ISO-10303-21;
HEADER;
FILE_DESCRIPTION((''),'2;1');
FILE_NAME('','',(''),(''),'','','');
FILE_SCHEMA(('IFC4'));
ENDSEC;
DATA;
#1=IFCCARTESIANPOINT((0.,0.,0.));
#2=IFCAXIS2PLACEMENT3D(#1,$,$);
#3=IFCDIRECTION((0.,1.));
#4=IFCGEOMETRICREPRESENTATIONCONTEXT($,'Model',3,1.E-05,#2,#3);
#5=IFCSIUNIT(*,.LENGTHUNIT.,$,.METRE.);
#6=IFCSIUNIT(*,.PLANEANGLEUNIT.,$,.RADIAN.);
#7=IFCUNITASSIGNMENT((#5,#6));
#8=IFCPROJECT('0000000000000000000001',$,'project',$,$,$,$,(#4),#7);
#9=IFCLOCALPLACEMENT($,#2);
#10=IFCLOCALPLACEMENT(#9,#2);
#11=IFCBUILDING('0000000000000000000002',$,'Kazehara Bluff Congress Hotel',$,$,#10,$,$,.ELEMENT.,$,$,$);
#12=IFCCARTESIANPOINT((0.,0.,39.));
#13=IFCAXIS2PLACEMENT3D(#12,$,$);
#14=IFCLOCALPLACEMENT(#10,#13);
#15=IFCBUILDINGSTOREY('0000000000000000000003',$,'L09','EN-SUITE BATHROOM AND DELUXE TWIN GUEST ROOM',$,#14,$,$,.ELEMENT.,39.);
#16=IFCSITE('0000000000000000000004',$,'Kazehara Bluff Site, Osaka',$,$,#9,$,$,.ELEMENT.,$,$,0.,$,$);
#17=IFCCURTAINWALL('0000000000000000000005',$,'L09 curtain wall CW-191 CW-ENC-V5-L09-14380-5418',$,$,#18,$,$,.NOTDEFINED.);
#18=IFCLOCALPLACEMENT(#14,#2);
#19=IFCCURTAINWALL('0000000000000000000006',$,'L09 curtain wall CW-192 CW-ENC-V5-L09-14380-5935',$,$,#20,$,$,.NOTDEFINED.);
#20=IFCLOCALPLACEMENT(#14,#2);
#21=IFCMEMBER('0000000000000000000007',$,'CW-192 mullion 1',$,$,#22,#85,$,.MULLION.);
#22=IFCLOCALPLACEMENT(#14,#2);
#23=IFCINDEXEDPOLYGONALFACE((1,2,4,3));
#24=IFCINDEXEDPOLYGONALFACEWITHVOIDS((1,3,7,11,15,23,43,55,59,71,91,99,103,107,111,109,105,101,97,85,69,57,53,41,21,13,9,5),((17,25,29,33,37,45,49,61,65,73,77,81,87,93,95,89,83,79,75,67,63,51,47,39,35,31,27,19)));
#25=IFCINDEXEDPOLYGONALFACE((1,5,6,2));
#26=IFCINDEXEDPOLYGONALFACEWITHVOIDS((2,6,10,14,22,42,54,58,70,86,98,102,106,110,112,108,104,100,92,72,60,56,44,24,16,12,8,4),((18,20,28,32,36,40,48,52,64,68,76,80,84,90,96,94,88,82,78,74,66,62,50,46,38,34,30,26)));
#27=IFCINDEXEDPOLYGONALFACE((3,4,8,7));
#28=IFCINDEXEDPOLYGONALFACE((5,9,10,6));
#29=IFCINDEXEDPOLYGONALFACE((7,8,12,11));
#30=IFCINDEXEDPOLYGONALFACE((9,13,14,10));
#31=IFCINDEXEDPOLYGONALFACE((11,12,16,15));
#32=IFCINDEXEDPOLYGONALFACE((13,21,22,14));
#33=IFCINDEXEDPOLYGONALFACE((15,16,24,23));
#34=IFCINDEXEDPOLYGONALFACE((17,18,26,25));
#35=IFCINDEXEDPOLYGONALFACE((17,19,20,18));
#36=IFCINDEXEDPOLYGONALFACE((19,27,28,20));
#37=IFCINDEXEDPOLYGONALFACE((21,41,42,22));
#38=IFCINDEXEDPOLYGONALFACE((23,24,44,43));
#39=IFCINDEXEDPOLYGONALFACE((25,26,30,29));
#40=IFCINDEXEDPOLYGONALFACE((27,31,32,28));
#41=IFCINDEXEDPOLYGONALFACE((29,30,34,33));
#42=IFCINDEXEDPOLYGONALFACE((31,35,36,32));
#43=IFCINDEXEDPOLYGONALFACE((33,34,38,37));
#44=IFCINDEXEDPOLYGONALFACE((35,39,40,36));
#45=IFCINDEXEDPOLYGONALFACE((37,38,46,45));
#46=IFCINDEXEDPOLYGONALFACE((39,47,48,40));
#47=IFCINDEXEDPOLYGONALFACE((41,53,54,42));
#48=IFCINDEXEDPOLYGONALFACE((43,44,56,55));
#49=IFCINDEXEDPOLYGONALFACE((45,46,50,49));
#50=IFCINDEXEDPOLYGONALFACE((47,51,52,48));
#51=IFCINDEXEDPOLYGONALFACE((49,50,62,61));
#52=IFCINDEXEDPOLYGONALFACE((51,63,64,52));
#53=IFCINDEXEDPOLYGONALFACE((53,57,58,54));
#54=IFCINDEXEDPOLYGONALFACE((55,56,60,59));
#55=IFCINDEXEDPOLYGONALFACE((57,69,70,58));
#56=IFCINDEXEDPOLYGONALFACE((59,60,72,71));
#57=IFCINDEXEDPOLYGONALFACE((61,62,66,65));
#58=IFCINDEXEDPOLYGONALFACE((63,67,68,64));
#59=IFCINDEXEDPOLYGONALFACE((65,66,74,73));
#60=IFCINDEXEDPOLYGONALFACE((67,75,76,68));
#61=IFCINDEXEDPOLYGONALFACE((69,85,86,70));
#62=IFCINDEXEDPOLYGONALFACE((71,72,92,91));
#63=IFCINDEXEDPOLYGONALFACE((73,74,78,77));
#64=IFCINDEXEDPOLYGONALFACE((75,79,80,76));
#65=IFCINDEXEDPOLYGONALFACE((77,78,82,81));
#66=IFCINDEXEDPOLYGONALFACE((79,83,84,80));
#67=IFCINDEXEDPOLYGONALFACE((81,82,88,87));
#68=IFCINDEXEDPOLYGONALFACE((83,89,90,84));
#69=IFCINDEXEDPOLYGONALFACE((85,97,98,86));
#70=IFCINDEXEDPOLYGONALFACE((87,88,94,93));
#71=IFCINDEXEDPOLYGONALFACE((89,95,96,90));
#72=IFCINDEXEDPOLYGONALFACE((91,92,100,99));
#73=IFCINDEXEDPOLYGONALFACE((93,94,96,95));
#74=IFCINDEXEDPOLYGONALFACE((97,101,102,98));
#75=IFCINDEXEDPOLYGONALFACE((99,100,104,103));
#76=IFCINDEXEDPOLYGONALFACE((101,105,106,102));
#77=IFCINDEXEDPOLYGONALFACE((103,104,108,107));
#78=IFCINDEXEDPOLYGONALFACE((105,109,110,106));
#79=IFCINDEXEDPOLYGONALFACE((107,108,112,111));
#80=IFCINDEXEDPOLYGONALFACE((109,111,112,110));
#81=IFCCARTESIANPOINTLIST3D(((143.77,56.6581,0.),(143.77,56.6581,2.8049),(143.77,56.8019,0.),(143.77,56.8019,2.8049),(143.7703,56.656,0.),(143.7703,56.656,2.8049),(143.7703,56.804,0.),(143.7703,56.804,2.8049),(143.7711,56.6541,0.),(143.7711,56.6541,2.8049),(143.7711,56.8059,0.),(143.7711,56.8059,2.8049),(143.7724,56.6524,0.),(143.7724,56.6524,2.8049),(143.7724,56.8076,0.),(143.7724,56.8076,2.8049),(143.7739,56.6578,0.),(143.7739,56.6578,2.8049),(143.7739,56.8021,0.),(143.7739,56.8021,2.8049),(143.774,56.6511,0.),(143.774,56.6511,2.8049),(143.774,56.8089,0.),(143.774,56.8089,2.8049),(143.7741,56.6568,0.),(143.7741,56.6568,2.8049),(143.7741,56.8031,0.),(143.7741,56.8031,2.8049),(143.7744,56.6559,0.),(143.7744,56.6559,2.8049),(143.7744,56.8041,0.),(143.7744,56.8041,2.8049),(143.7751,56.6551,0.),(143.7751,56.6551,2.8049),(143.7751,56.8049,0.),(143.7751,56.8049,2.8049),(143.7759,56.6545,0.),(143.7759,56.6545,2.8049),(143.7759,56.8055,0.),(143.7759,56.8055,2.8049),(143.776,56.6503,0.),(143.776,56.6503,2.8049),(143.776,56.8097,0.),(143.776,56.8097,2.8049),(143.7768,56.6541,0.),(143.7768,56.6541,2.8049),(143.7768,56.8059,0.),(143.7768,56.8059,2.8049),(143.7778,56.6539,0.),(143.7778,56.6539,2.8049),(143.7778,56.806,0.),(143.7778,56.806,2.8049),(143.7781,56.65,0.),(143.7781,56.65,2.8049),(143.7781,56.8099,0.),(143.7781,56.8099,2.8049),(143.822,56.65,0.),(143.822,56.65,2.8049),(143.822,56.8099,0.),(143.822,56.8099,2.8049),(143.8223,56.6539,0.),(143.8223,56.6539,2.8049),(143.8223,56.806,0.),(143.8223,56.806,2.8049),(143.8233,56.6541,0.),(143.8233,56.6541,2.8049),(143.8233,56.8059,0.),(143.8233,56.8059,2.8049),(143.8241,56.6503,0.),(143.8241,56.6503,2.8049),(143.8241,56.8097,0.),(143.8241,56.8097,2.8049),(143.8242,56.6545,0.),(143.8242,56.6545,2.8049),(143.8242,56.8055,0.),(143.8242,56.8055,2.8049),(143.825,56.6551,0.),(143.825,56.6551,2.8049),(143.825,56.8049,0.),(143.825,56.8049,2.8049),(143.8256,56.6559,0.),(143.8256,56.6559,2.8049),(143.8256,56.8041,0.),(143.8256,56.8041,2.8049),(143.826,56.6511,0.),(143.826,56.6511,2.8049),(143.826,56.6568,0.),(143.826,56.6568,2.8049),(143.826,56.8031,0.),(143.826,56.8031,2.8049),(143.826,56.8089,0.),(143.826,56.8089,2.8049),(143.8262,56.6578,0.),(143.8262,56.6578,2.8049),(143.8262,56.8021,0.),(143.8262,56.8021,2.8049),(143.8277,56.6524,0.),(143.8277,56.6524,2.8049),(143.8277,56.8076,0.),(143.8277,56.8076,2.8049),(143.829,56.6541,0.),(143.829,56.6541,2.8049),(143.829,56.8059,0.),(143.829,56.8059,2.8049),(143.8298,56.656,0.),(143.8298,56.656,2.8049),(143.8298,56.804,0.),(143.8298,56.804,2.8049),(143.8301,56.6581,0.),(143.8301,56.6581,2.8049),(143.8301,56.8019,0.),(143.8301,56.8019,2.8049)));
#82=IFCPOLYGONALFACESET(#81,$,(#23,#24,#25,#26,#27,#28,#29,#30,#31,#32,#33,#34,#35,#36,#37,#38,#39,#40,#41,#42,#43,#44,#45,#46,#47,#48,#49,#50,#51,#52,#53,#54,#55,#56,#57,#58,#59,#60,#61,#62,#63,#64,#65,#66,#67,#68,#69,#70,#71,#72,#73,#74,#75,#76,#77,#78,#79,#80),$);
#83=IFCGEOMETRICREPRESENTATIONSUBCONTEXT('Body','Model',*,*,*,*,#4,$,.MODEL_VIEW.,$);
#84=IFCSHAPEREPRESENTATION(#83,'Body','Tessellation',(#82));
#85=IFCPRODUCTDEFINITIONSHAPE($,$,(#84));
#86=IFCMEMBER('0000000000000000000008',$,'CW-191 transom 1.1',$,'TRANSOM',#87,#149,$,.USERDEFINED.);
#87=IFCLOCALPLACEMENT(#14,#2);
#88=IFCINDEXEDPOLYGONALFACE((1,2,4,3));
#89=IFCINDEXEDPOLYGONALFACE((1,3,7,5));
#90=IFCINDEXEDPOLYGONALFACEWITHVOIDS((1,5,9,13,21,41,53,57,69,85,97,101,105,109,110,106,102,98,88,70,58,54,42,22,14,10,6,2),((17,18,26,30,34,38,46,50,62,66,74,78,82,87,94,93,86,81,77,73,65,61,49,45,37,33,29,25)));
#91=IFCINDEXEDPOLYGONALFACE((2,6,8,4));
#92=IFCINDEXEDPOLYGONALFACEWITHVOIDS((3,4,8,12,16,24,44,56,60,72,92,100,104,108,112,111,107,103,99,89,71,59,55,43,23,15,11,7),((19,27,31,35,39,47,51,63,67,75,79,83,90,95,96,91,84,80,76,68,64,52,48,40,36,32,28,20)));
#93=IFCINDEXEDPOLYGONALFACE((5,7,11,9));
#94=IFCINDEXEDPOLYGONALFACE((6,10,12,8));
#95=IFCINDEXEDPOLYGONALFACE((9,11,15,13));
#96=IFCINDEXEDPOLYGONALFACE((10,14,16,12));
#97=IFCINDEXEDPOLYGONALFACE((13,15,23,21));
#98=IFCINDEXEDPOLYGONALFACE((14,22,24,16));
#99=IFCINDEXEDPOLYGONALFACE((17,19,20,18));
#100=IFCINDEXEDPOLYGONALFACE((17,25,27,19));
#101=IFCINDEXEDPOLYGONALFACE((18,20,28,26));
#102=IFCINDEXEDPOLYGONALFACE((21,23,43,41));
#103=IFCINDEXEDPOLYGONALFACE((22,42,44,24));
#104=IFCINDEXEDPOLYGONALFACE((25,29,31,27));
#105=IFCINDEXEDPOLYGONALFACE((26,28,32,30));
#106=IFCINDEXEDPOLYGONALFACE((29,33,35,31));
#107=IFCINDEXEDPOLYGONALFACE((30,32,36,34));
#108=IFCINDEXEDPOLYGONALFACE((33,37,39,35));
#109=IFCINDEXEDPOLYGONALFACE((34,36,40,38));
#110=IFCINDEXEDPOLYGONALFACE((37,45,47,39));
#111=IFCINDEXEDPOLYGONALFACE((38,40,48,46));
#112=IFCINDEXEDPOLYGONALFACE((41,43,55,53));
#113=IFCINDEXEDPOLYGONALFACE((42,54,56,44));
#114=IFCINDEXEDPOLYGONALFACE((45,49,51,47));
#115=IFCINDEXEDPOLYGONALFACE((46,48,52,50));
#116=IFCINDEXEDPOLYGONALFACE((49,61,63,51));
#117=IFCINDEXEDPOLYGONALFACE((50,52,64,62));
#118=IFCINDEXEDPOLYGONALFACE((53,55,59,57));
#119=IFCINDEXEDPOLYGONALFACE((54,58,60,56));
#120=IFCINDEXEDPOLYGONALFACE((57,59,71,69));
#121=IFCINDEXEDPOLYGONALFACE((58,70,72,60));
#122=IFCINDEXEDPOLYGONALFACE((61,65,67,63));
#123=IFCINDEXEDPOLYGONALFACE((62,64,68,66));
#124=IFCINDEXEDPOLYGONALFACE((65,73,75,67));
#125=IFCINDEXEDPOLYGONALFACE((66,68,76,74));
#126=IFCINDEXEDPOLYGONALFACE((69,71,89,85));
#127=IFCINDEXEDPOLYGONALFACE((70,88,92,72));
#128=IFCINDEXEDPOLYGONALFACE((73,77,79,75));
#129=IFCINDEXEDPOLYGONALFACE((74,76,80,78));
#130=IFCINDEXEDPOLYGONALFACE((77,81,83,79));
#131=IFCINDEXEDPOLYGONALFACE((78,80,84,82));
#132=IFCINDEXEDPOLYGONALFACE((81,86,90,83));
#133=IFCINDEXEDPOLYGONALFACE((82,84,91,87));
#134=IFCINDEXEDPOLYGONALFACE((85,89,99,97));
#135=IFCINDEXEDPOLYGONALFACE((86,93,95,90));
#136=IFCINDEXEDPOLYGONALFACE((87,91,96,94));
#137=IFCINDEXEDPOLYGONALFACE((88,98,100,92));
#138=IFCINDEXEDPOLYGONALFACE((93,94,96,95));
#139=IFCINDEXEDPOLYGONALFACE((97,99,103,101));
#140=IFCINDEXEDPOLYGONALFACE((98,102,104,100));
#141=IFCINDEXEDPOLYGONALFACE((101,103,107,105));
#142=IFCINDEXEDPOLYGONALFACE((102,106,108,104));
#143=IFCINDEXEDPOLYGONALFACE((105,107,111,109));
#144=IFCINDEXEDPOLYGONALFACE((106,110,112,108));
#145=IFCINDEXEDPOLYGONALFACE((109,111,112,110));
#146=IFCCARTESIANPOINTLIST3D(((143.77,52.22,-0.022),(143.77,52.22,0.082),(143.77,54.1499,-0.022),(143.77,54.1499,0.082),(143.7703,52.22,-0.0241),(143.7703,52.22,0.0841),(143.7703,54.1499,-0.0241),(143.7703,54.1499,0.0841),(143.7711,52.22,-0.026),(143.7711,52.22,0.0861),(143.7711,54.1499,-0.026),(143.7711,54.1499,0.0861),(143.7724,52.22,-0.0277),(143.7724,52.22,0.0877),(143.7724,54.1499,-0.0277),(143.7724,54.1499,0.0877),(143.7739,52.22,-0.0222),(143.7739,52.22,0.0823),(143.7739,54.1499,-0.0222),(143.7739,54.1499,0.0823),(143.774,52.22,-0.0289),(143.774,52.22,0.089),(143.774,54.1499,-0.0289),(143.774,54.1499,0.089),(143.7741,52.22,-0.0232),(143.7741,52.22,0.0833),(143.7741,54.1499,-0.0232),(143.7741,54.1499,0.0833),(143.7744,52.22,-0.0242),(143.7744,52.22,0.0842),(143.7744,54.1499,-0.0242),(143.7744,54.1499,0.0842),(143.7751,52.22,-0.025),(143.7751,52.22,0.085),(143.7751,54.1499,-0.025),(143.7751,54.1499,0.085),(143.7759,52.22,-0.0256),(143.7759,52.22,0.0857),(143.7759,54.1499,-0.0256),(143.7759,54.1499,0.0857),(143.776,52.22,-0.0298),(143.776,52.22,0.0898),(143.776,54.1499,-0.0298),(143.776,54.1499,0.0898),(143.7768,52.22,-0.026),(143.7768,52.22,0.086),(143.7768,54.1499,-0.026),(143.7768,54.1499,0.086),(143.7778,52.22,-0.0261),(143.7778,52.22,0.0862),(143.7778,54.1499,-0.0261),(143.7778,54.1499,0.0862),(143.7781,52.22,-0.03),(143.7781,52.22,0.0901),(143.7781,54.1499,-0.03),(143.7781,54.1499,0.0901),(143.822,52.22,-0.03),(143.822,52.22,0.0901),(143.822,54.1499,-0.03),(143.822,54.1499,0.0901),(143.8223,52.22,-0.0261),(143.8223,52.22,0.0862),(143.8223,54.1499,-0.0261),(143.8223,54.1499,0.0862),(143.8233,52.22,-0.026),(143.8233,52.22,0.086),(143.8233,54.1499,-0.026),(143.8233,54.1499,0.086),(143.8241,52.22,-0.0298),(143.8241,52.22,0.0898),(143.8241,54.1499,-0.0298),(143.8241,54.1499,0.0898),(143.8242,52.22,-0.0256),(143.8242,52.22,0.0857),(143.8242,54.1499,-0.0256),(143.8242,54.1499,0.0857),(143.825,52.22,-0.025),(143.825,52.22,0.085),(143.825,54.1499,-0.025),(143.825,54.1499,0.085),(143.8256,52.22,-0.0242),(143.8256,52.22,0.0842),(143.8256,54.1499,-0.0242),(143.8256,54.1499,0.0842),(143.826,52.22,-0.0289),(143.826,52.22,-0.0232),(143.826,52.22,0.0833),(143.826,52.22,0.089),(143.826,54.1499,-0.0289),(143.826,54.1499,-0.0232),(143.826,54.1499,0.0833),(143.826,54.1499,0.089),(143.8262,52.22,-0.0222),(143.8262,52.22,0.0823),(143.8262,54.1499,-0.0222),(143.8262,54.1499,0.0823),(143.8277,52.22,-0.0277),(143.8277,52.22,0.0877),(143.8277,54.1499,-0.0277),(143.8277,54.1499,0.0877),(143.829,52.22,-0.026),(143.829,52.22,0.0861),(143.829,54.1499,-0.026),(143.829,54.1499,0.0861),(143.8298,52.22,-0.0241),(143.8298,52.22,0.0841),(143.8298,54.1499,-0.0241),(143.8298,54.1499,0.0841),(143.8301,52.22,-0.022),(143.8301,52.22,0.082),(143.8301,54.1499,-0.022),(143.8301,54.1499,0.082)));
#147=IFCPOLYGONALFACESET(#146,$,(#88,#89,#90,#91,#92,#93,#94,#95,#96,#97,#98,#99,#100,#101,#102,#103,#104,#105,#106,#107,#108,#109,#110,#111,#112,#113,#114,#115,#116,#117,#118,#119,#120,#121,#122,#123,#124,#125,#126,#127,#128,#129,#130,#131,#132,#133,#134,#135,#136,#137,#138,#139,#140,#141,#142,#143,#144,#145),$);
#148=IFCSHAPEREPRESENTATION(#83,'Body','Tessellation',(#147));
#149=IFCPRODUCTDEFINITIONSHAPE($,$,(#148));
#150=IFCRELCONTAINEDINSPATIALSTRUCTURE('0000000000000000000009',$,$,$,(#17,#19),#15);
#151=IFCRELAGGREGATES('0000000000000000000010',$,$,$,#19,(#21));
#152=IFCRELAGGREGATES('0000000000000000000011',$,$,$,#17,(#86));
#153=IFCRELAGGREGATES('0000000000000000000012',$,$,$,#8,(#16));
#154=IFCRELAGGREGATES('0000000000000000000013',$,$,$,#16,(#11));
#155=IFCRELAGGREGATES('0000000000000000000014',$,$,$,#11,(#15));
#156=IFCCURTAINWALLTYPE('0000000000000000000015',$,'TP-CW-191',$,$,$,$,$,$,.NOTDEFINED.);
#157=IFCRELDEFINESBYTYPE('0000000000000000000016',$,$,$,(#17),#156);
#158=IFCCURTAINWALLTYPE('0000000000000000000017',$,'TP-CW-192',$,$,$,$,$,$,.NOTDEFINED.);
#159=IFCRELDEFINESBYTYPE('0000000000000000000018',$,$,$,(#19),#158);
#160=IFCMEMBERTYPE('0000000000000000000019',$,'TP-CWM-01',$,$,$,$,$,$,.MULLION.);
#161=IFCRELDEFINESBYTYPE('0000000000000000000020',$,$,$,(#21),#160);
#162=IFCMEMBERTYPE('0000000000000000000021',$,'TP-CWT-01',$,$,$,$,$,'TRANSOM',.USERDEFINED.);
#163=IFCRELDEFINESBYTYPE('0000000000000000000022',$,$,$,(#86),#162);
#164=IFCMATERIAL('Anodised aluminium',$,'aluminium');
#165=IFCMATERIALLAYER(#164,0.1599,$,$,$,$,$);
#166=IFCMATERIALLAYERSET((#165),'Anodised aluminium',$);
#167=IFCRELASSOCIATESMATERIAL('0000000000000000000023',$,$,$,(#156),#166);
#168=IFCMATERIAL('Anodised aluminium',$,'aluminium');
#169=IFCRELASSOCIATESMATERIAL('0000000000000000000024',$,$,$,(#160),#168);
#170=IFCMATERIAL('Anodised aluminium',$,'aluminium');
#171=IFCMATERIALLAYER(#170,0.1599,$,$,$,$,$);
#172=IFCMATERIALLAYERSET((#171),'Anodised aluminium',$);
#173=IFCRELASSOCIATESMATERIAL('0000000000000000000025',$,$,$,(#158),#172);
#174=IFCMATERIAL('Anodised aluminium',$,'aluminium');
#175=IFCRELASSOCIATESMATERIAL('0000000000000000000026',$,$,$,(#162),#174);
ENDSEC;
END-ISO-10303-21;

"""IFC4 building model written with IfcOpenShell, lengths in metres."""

from ifc_helpers import new_model, si_unit, direction, frame, origin, origin_2d, place, context, subcontext, project, spatial, hollow_rectangle, extrude, material, layer, layer_set, material_profile, profile_set, type_object, element, aggregate, save


model = new_model("IFC4")

# Units and contexts
model_context = context("Model", 3, precision=1e-05, world=origin(), true_north=direction((0.0, 1.0)))
body_context = subcontext(model_context, "Body", "Model", "MODEL_VIEW")
ifc_project = project(units=[si_unit("LENGTHUNIT", "METRE"), si_unit("PLANEANGLEUNIT", "RADIAN")], contexts=[model_context])

# Site, building, storey
site_placement = place(None, origin())
site = spatial("IfcSite", under=ifc_project, at=site_placement, Name="Kazehara Bluff Site, Osaka", CompositionType="ELEMENT", RefElevation=0.0)
building_placement = place(site_placement, origin())
building = spatial("IfcBuilding", under=site, at=building_placement, Name="Kazehara Bluff Congress Hotel", CompositionType="ELEMENT")
storey_placement = place(building_placement, frame((0.0, 0.0, 39.0)))
storey = spatial("IfcBuildingStorey", under=building, at=storey_placement, Name="L09", Description="EN-SUITE BATHROOM AND DELUXE TWIN GUEST ROOM", CompositionType="ELEMENT", Elevation=39.0)

# Curtain wall
ifc_material_1 = material(Name="Anodised aluminium", Category="aluminium")
ifc_layer_1 = layer(ifc_material_1, 0.1599)
ifc_layer_set_1 = layer_set([ifc_layer_1], Name="Anodised aluminium")
curtain_wall_type_1 = type_object("IfcCurtainWallType", Name="TP-CW-191", PredefinedType="NOTDEFINED", material=ifc_layer_set_1)
curtain_wall_1_placement = place(storey_placement, origin())
curtain_wall_1 = element("IfcCurtainWall", 1, at=curtain_wall_1_placement, inside=storey, type_object=curtain_wall_type_1, Name="L09 curtain wall CW-191 CW-ENC-V5-L09-14380-5418", PredefinedType="NOTDEFINED")
ifc_material_2 = material(Name="Anodised aluminium", Category="aluminium")
ifc_material_profile_1 = material_profile(ifc_material_2, hollow_rectangle(XDim=0.0601, YDim=0.1599, WallThickness=0.0039, InnerFilletRadius=0.0039, OuterFilletRadius=0.0081, at=origin_2d()))
ifc_profile_set_1 = profile_set([ifc_material_profile_1], Name="Anodised aluminium")
member_type_1 = type_object("IfcMemberType", Name="TP-CWM-01", PredefinedType="MULLION", material=ifc_profile_set_1)

# Curtain wall, member
ifc_material_3 = material(Name="Anodised aluminium", Category="aluminium")
ifc_layer_2 = layer(ifc_material_3, 0.1599)
ifc_layer_set_2 = layer_set([ifc_layer_2], Name="Anodised aluminium")
curtain_wall_type_2 = type_object("IfcCurtainWallType", Name="TP-CW-192", PredefinedType="NOTDEFINED", material=ifc_layer_set_2)
curtain_wall_2_placement = place(storey_placement, origin())
curtain_wall_2 = element("IfcCurtainWall", 2, at=curtain_wall_2_placement, inside=storey, type_object=curtain_wall_type_2, Name="L09 curtain wall CW-192 CW-ENC-V5-L09-14380-5935", PredefinedType="NOTDEFINED")
member_1_placement = place(storey_placement, frame((143.8, 56.73, 0.0), z_axis=(0.0, 0.0, 1.0), x_axis=(-1.0, 0.0, 0.0)))
member_1 = element("IfcMember", 3, at=member_1_placement, type_object=member_type_1, Name="CW-192 mullion 1", PredefinedType="MULLION", context=body_context, shape_type="SweptSolid", body=[
    extrude(hollow_rectangle(XDim=0.0601, YDim=0.1599, WallThickness=0.0039, InnerFilletRadius=0.0039, OuterFilletRadius=0.0081, at=origin_2d()), origin(), (0.0, 0.0, 1.0), 2.8049),
])

# Member
ifc_material_4 = material(Name="Anodised aluminium", Category="aluminium")
ifc_material_profile_2 = material_profile(ifc_material_4, hollow_rectangle(XDim=0.0601, YDim=0.1201, WallThickness=0.0039, InnerFilletRadius=0.0039, OuterFilletRadius=0.0081, at=origin_2d()))
ifc_profile_set_2 = profile_set([ifc_material_profile_2], Name="Anodised aluminium")
member_type_2 = type_object("IfcMemberType", Name="TP-CWT-01", ElementType="TRANSOM", PredefinedType="USERDEFINED", material=ifc_profile_set_2)
member_2_placement = place(storey_placement, frame((143.8, 52.22, 0.03), z_axis=(0.0, 1.0, 0.0), x_axis=(-1.0, 0.0, 0.0)))
member_2 = element("IfcMember", 4, at=member_2_placement, type_object=member_type_2, Name="CW-191 transom 1.1", ObjectType="TRANSOM", PredefinedType="USERDEFINED", context=body_context, shape_type="SweptSolid", body=[
    extrude(hollow_rectangle(XDim=0.0601, YDim=0.1201, WallThickness=0.0039, InnerFilletRadius=0.0039, OuterFilletRadius=0.0081, at=origin_2d()), origin(), (0.0, 0.0, 1.0), 1.9299),
])
aggregate(curtain_wall_2, [member_1])

aggregate(curtain_wall_1, [member_2])

save(model, "model.ifc")
